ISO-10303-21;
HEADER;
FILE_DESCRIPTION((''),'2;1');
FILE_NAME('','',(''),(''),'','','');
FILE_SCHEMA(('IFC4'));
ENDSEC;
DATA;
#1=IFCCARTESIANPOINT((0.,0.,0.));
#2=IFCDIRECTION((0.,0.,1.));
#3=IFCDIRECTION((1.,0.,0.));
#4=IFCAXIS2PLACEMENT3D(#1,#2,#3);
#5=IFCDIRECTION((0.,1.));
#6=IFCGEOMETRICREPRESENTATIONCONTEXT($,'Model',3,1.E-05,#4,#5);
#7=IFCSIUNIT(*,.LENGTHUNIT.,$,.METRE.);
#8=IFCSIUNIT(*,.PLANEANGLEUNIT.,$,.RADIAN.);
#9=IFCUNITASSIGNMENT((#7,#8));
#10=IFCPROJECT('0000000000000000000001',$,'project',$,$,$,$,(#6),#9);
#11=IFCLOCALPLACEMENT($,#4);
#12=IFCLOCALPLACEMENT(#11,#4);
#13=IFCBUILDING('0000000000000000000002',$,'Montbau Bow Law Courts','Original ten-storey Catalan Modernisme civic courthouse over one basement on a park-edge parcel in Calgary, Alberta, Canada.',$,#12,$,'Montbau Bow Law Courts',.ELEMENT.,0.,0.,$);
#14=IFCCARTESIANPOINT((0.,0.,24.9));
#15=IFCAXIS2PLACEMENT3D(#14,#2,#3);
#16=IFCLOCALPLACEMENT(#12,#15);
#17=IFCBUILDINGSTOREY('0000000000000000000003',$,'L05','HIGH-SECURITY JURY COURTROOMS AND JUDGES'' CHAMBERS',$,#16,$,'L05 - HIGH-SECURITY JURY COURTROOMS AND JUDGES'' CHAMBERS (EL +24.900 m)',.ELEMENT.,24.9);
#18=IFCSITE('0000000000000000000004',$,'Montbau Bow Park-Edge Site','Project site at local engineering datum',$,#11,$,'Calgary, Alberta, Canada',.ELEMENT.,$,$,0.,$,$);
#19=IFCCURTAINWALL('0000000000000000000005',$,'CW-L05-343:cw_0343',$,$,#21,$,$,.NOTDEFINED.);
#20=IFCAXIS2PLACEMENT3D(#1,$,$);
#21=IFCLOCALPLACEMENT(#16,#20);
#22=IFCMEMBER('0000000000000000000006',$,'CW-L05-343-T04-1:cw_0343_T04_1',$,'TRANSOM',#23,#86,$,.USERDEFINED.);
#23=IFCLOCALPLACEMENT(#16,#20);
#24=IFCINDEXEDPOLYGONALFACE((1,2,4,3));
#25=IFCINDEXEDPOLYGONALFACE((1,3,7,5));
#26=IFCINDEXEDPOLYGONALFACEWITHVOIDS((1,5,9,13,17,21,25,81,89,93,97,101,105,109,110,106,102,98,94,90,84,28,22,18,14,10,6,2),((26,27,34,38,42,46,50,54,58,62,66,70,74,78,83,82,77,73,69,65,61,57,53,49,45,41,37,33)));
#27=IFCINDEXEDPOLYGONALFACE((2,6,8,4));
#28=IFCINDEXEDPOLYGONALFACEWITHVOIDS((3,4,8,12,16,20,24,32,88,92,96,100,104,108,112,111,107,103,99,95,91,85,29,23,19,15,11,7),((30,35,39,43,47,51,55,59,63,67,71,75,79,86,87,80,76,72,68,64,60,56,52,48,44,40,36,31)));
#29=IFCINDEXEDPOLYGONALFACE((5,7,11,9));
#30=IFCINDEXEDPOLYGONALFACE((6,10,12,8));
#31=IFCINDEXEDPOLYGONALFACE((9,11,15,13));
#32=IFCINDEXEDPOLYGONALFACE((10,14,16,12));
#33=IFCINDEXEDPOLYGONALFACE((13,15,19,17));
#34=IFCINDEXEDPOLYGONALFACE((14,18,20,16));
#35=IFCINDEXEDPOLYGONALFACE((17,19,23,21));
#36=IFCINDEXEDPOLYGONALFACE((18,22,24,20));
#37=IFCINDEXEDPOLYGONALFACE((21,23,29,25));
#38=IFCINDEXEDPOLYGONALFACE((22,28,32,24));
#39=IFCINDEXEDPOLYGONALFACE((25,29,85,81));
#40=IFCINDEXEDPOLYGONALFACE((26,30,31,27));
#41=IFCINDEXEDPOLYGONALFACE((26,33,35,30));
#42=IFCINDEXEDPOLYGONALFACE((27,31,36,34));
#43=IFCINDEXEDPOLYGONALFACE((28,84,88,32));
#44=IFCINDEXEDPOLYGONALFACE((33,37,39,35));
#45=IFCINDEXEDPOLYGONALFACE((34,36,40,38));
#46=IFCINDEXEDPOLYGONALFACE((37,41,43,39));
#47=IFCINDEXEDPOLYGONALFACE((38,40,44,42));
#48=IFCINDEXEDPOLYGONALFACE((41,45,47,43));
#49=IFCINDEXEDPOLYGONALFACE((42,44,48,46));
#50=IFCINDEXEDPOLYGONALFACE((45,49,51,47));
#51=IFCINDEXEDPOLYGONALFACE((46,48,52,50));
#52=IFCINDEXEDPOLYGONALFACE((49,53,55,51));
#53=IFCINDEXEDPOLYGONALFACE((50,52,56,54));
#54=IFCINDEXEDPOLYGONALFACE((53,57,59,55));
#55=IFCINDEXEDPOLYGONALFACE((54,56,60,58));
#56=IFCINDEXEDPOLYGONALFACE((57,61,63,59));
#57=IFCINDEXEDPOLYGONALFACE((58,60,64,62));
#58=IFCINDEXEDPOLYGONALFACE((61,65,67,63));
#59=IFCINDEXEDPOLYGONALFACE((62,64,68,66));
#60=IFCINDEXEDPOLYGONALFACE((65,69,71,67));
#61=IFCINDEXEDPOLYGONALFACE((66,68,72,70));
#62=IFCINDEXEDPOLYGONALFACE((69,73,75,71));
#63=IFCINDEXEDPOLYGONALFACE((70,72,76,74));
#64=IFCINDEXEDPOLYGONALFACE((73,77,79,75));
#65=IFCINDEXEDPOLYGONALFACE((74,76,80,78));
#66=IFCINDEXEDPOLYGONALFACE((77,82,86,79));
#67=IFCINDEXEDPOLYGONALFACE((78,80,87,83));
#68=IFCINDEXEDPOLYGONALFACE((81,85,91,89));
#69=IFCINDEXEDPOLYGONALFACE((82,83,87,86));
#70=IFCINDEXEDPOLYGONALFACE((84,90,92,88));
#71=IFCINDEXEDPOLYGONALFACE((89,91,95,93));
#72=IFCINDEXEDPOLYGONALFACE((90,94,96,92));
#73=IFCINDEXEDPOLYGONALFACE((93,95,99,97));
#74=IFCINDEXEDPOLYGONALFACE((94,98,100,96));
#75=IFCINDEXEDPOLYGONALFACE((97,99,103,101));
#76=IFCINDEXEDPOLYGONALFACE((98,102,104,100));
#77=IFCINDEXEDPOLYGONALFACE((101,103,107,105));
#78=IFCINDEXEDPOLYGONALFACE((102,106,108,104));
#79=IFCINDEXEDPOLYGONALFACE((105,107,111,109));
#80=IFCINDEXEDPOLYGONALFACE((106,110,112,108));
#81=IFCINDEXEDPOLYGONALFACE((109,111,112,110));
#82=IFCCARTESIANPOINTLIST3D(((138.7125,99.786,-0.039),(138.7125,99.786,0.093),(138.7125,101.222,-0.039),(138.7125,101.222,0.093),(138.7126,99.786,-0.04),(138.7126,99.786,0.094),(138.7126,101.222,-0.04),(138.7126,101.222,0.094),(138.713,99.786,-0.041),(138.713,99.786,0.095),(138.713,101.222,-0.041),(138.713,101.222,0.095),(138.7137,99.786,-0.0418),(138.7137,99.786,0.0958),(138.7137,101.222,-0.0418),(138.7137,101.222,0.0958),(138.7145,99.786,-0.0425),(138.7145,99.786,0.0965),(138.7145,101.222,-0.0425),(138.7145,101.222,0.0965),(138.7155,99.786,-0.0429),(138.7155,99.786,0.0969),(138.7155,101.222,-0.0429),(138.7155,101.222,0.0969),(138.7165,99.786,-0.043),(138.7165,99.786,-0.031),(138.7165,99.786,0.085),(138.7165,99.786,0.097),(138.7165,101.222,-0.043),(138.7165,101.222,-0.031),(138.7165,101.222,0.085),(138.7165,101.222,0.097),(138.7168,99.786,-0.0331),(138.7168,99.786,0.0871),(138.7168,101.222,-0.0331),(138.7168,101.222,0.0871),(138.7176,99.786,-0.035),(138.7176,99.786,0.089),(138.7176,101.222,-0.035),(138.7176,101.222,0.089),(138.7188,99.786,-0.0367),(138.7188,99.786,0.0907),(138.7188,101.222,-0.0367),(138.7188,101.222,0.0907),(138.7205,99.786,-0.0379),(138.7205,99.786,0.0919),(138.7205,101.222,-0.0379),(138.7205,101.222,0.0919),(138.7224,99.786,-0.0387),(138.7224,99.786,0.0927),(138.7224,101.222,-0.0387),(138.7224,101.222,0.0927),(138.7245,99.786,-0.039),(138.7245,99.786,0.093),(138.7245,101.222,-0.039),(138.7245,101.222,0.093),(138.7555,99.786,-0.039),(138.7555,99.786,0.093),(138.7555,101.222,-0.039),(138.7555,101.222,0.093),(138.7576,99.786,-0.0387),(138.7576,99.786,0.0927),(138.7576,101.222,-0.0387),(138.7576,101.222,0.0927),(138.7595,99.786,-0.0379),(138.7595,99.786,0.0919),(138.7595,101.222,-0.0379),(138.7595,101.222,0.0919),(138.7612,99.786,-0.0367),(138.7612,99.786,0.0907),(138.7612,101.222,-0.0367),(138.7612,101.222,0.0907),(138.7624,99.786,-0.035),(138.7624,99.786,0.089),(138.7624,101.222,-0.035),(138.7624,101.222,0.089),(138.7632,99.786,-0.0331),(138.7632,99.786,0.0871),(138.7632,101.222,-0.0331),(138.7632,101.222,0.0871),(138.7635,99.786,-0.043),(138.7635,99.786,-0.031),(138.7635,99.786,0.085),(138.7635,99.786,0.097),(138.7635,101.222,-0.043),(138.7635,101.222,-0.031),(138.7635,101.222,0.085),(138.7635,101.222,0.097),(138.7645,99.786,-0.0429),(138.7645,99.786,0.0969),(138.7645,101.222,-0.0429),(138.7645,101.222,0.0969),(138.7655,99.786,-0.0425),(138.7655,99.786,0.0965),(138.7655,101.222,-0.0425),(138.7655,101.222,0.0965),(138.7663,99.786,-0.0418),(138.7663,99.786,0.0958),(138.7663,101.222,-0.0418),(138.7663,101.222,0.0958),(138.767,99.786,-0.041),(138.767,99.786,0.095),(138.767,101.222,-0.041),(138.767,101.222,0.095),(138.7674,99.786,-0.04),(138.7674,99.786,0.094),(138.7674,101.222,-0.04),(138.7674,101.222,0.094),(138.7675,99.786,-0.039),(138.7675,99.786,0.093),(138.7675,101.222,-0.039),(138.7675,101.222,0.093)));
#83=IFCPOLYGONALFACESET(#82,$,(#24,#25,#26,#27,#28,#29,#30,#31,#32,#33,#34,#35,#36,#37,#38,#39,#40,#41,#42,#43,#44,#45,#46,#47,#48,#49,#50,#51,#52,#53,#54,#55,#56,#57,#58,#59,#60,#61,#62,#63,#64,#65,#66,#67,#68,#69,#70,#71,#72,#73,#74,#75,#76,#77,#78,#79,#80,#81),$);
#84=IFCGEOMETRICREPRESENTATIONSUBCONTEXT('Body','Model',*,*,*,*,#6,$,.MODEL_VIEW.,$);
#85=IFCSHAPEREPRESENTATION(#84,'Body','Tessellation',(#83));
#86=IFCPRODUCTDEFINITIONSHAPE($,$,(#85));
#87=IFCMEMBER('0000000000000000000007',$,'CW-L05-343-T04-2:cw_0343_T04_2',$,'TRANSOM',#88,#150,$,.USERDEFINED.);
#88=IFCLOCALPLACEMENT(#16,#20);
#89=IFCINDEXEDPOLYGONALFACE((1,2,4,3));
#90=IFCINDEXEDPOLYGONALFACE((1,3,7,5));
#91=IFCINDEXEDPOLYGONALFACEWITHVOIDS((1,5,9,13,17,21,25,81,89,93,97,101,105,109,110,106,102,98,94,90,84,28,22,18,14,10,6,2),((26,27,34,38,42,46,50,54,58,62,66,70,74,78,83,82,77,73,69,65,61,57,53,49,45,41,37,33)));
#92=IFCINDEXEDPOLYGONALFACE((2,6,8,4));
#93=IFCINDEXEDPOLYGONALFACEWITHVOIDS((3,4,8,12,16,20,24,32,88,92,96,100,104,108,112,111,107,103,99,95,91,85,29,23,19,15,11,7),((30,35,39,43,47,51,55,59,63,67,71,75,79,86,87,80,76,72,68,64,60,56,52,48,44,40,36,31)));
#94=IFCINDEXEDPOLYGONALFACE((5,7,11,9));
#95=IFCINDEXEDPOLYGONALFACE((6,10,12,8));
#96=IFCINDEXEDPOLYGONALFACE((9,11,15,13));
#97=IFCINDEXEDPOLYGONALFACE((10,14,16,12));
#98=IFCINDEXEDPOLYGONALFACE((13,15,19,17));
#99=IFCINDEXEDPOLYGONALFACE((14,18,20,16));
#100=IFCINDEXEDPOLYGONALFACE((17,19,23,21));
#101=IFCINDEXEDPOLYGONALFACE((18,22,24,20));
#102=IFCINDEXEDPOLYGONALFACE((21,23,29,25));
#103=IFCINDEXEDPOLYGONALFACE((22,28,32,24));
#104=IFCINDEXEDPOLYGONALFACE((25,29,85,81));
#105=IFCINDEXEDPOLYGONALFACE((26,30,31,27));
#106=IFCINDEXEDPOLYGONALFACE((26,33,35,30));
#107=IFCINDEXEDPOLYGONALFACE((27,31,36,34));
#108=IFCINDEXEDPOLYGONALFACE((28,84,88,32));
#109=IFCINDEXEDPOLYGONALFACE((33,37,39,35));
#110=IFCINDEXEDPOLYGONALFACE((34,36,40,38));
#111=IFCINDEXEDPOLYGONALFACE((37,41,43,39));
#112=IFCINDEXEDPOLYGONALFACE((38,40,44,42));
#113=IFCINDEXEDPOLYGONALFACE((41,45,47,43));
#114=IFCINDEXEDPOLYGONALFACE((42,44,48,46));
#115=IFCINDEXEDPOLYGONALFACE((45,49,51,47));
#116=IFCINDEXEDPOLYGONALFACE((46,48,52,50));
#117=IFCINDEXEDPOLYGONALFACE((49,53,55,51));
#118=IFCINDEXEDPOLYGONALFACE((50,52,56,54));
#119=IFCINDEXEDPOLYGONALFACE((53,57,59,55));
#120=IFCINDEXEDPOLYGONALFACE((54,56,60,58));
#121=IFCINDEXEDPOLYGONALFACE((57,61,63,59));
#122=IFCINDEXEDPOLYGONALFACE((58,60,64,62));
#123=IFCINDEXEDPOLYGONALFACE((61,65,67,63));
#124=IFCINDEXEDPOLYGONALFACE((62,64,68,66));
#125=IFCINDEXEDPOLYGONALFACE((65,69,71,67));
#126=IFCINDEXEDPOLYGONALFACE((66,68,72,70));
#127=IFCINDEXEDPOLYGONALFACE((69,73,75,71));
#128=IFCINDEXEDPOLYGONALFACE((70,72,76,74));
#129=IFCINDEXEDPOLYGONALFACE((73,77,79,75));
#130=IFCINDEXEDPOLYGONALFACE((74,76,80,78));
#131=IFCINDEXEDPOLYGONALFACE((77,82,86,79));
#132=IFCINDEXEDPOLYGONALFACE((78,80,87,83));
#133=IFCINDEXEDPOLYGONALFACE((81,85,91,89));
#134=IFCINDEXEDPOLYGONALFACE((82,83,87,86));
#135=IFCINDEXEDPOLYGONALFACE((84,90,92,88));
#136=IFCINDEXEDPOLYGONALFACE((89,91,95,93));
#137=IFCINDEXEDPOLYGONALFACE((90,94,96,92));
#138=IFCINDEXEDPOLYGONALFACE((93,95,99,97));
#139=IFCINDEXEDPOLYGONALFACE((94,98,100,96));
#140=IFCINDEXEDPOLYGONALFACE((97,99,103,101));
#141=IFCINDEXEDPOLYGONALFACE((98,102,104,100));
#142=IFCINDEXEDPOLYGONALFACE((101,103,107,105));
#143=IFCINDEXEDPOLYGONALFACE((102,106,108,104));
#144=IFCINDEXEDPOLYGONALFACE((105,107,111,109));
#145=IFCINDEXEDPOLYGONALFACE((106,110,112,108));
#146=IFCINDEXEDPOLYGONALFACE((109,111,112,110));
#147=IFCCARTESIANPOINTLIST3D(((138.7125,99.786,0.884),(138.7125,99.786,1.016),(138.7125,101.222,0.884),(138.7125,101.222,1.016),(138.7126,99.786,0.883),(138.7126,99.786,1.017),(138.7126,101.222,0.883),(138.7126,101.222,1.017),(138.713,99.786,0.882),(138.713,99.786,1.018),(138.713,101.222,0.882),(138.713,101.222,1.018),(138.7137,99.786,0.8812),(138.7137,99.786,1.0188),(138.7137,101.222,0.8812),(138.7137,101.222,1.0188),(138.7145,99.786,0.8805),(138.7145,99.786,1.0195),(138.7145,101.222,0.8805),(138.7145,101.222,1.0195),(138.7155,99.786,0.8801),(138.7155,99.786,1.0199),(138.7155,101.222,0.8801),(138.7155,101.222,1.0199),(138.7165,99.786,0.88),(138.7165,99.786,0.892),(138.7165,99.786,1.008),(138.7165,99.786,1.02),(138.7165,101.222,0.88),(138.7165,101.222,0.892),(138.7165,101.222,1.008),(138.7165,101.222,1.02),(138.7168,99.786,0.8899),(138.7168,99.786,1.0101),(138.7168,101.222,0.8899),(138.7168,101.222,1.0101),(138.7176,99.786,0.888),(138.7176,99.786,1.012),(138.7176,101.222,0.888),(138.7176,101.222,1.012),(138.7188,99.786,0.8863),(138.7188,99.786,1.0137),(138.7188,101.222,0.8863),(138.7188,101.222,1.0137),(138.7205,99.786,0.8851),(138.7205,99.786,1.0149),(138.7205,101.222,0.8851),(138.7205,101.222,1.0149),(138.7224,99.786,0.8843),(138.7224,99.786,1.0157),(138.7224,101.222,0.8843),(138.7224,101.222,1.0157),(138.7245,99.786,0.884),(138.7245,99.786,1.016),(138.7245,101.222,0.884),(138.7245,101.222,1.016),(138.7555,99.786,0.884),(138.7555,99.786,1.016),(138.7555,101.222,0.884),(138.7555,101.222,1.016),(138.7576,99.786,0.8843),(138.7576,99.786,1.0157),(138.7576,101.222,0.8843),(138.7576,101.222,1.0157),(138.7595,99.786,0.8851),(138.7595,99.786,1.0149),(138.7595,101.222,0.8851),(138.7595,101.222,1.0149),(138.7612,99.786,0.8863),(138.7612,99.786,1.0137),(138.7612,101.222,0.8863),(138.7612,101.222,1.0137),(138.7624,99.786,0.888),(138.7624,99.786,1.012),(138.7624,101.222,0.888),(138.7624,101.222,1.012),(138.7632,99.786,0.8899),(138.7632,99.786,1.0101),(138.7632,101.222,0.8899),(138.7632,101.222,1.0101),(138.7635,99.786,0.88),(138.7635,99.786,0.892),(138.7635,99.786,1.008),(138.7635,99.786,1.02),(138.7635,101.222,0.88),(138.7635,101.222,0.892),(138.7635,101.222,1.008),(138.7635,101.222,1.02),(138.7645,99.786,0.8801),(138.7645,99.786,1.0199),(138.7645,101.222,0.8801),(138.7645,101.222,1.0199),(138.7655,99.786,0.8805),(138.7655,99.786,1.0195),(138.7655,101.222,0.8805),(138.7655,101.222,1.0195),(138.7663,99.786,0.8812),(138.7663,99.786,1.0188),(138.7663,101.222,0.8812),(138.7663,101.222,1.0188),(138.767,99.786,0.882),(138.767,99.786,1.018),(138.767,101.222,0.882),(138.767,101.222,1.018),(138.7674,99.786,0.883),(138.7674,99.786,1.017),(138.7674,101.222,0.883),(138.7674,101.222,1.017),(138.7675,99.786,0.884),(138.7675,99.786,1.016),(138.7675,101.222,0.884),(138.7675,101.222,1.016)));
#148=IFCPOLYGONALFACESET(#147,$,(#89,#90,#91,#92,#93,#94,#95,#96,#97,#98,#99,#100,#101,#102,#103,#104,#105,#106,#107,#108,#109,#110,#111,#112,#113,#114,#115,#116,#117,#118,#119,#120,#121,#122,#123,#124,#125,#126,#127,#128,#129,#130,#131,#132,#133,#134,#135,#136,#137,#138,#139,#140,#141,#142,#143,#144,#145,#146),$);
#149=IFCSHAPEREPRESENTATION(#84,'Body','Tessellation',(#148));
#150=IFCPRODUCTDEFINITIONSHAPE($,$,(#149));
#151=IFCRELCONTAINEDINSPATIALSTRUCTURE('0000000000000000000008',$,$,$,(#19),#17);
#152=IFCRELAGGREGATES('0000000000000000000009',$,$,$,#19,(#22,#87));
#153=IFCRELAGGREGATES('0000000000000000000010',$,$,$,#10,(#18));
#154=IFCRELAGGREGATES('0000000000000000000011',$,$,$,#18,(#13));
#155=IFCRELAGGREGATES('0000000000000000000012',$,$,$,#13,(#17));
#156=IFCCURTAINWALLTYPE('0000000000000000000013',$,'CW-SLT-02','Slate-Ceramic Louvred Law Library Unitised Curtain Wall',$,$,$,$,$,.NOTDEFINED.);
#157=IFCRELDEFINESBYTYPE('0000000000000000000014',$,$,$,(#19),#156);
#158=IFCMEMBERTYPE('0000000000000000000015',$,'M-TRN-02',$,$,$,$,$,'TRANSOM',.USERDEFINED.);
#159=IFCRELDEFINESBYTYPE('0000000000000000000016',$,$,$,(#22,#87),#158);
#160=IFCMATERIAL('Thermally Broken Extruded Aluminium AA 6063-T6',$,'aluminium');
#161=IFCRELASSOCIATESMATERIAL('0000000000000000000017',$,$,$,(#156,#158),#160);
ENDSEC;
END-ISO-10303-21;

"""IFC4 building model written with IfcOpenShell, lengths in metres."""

from ifc_helpers import new_model, si_unit, direction, frame, origin_with_axes, origin_2d_with_axis, place, context, subcontext, project, spatial, hollow_rectangle, extrude, material, material_profile, profile_set, type_object, element, aggregate, save


model = new_model("IFC4")

# Units and contexts
model_context = context("Model", 3, precision=1e-05, world=origin_with_axes(), true_north=direction((0.0, 1.0)))
body_context = subcontext(model_context, "Body", "Model", "MODEL_VIEW")
ifc_project = project(units=[si_unit("LENGTHUNIT", "METRE"), si_unit("PLANEANGLEUNIT", "RADIAN")], contexts=[model_context])

# Site, building, storey
site_placement = place(None, origin_with_axes())
site = spatial("IfcSite", under=ifc_project, at=site_placement, Name="Montbau Bow Park-Edge Site", Description="Project site at local engineering datum", LongName="Calgary, Alberta, Canada", CompositionType="ELEMENT", RefElevation=0.0)
building_placement = place(site_placement, origin_with_axes())
building = spatial("IfcBuilding", under=site, at=building_placement, Name="Montbau Bow Law Courts", Description="Original ten-storey Catalan Modernisme civic courthouse over one basement on a park-edge parcel in Calgary, Alberta, Canada.", LongName="Montbau Bow Law Courts", CompositionType="ELEMENT", ElevationOfRefHeight=0.0, ElevationOfTerrain=0.0)
storey_placement = place(building_placement, frame((0.0, 0.0, 24.9), z_axis=(0.0, 0.0, 1.0), x_axis=(1.0, 0.0, 0.0)))
storey = spatial("IfcBuildingStorey", under=building, at=storey_placement, Name="L05", Description="HIGH-SECURITY JURY COURTROOMS AND JUDGES' CHAMBERS", LongName="L05 - HIGH-SECURITY JURY COURTROOMS AND JUDGES' CHAMBERS (EL +24.900 m)", CompositionType="ELEMENT", Elevation=24.9)

# Curtain wall, members
ifc_material_1 = material(Name="Thermally Broken Extruded Aluminium AA 6063-T6", Category="aluminium")
curtain_wall_type = type_object("IfcCurtainWallType", Name="CW-SLT-02", Description="Slate-Ceramic Louvred Law Library Unitised Curtain Wall", PredefinedType="NOTDEFINED", material=ifc_material_1)
curtain_wall_placement = place(None, frame((138.74, 95.24, 24.9), z_axis=(0.0, 0.0, 1.0), x_axis=(1.0, 0.0, 0.0)))
curtain_wall = element("IfcCurtainWall", 1, at=curtain_wall_placement, inside=storey, type_object=curtain_wall_type, Name="CW-L05-343:cw_0343", PredefinedType="NOTDEFINED")
ifc_material_profile_1 = material_profile(ifc_material_1, hollow_rectangle(XDim=0.055, YDim=0.14, WallThickness=0.004, InnerFilletRadius=0.008, OuterFilletRadius=0.004, at=origin_2d_with_axis()), Name="CWT-140X55", Category="Main", Priority=0)
ifc_profile_set_1 = profile_set([ifc_material_profile_1], Name="Thermally Broken Extruded Aluminium AA 6063-T6")
member_type_1 = type_object("IfcMemberType", Name="M-TRN-02", ElementType="TRANSOM", PredefinedType="USERDEFINED", material=ifc_profile_set_1)
member_1_placement = place(None, frame((138.74, 99.786, 24.927), z_axis=(0.0, 1.0, 0.0), x_axis=(-1.0, 0.0, 0.0)))
member_1 = element("IfcMember", 2, at=member_1_placement, type_object=member_type_1, Name="CW-L05-343-T04-1:cw_0343_T04_1", ObjectType="TRANSOM", PredefinedType="USERDEFINED", context=body_context, shape_type="SweptSolid", body=[
    extrude(hollow_rectangle(XDim=0.055, YDim=0.14, WallThickness=0.004, InnerFilletRadius=0.008, OuterFilletRadius=0.004, at=origin_2d_with_axis()), origin_with_axes(), (0.0, 0.0, 1.0), 1.436),
])
member_2_placement = place(None, frame((138.74, 99.786, 25.85), z_axis=(0.0, 1.0, 0.0), x_axis=(-1.0, 0.0, 0.0)))
member_2 = element("IfcMember", 3, at=member_2_placement, type_object=member_type_1, Name="CW-L05-343-T04-2:cw_0343_T04_2", ObjectType="TRANSOM", PredefinedType="USERDEFINED", context=body_context, shape_type="SweptSolid", body=[
    extrude(hollow_rectangle(XDim=0.055, YDim=0.14, WallThickness=0.004, InnerFilletRadius=0.008, OuterFilletRadius=0.004, at=origin_2d_with_axis()), origin_with_axes(), (0.0, 0.0, 1.0), 1.436),
])
aggregate(curtain_wall, [member_1, member_2])

save(model, "model.ifc")
